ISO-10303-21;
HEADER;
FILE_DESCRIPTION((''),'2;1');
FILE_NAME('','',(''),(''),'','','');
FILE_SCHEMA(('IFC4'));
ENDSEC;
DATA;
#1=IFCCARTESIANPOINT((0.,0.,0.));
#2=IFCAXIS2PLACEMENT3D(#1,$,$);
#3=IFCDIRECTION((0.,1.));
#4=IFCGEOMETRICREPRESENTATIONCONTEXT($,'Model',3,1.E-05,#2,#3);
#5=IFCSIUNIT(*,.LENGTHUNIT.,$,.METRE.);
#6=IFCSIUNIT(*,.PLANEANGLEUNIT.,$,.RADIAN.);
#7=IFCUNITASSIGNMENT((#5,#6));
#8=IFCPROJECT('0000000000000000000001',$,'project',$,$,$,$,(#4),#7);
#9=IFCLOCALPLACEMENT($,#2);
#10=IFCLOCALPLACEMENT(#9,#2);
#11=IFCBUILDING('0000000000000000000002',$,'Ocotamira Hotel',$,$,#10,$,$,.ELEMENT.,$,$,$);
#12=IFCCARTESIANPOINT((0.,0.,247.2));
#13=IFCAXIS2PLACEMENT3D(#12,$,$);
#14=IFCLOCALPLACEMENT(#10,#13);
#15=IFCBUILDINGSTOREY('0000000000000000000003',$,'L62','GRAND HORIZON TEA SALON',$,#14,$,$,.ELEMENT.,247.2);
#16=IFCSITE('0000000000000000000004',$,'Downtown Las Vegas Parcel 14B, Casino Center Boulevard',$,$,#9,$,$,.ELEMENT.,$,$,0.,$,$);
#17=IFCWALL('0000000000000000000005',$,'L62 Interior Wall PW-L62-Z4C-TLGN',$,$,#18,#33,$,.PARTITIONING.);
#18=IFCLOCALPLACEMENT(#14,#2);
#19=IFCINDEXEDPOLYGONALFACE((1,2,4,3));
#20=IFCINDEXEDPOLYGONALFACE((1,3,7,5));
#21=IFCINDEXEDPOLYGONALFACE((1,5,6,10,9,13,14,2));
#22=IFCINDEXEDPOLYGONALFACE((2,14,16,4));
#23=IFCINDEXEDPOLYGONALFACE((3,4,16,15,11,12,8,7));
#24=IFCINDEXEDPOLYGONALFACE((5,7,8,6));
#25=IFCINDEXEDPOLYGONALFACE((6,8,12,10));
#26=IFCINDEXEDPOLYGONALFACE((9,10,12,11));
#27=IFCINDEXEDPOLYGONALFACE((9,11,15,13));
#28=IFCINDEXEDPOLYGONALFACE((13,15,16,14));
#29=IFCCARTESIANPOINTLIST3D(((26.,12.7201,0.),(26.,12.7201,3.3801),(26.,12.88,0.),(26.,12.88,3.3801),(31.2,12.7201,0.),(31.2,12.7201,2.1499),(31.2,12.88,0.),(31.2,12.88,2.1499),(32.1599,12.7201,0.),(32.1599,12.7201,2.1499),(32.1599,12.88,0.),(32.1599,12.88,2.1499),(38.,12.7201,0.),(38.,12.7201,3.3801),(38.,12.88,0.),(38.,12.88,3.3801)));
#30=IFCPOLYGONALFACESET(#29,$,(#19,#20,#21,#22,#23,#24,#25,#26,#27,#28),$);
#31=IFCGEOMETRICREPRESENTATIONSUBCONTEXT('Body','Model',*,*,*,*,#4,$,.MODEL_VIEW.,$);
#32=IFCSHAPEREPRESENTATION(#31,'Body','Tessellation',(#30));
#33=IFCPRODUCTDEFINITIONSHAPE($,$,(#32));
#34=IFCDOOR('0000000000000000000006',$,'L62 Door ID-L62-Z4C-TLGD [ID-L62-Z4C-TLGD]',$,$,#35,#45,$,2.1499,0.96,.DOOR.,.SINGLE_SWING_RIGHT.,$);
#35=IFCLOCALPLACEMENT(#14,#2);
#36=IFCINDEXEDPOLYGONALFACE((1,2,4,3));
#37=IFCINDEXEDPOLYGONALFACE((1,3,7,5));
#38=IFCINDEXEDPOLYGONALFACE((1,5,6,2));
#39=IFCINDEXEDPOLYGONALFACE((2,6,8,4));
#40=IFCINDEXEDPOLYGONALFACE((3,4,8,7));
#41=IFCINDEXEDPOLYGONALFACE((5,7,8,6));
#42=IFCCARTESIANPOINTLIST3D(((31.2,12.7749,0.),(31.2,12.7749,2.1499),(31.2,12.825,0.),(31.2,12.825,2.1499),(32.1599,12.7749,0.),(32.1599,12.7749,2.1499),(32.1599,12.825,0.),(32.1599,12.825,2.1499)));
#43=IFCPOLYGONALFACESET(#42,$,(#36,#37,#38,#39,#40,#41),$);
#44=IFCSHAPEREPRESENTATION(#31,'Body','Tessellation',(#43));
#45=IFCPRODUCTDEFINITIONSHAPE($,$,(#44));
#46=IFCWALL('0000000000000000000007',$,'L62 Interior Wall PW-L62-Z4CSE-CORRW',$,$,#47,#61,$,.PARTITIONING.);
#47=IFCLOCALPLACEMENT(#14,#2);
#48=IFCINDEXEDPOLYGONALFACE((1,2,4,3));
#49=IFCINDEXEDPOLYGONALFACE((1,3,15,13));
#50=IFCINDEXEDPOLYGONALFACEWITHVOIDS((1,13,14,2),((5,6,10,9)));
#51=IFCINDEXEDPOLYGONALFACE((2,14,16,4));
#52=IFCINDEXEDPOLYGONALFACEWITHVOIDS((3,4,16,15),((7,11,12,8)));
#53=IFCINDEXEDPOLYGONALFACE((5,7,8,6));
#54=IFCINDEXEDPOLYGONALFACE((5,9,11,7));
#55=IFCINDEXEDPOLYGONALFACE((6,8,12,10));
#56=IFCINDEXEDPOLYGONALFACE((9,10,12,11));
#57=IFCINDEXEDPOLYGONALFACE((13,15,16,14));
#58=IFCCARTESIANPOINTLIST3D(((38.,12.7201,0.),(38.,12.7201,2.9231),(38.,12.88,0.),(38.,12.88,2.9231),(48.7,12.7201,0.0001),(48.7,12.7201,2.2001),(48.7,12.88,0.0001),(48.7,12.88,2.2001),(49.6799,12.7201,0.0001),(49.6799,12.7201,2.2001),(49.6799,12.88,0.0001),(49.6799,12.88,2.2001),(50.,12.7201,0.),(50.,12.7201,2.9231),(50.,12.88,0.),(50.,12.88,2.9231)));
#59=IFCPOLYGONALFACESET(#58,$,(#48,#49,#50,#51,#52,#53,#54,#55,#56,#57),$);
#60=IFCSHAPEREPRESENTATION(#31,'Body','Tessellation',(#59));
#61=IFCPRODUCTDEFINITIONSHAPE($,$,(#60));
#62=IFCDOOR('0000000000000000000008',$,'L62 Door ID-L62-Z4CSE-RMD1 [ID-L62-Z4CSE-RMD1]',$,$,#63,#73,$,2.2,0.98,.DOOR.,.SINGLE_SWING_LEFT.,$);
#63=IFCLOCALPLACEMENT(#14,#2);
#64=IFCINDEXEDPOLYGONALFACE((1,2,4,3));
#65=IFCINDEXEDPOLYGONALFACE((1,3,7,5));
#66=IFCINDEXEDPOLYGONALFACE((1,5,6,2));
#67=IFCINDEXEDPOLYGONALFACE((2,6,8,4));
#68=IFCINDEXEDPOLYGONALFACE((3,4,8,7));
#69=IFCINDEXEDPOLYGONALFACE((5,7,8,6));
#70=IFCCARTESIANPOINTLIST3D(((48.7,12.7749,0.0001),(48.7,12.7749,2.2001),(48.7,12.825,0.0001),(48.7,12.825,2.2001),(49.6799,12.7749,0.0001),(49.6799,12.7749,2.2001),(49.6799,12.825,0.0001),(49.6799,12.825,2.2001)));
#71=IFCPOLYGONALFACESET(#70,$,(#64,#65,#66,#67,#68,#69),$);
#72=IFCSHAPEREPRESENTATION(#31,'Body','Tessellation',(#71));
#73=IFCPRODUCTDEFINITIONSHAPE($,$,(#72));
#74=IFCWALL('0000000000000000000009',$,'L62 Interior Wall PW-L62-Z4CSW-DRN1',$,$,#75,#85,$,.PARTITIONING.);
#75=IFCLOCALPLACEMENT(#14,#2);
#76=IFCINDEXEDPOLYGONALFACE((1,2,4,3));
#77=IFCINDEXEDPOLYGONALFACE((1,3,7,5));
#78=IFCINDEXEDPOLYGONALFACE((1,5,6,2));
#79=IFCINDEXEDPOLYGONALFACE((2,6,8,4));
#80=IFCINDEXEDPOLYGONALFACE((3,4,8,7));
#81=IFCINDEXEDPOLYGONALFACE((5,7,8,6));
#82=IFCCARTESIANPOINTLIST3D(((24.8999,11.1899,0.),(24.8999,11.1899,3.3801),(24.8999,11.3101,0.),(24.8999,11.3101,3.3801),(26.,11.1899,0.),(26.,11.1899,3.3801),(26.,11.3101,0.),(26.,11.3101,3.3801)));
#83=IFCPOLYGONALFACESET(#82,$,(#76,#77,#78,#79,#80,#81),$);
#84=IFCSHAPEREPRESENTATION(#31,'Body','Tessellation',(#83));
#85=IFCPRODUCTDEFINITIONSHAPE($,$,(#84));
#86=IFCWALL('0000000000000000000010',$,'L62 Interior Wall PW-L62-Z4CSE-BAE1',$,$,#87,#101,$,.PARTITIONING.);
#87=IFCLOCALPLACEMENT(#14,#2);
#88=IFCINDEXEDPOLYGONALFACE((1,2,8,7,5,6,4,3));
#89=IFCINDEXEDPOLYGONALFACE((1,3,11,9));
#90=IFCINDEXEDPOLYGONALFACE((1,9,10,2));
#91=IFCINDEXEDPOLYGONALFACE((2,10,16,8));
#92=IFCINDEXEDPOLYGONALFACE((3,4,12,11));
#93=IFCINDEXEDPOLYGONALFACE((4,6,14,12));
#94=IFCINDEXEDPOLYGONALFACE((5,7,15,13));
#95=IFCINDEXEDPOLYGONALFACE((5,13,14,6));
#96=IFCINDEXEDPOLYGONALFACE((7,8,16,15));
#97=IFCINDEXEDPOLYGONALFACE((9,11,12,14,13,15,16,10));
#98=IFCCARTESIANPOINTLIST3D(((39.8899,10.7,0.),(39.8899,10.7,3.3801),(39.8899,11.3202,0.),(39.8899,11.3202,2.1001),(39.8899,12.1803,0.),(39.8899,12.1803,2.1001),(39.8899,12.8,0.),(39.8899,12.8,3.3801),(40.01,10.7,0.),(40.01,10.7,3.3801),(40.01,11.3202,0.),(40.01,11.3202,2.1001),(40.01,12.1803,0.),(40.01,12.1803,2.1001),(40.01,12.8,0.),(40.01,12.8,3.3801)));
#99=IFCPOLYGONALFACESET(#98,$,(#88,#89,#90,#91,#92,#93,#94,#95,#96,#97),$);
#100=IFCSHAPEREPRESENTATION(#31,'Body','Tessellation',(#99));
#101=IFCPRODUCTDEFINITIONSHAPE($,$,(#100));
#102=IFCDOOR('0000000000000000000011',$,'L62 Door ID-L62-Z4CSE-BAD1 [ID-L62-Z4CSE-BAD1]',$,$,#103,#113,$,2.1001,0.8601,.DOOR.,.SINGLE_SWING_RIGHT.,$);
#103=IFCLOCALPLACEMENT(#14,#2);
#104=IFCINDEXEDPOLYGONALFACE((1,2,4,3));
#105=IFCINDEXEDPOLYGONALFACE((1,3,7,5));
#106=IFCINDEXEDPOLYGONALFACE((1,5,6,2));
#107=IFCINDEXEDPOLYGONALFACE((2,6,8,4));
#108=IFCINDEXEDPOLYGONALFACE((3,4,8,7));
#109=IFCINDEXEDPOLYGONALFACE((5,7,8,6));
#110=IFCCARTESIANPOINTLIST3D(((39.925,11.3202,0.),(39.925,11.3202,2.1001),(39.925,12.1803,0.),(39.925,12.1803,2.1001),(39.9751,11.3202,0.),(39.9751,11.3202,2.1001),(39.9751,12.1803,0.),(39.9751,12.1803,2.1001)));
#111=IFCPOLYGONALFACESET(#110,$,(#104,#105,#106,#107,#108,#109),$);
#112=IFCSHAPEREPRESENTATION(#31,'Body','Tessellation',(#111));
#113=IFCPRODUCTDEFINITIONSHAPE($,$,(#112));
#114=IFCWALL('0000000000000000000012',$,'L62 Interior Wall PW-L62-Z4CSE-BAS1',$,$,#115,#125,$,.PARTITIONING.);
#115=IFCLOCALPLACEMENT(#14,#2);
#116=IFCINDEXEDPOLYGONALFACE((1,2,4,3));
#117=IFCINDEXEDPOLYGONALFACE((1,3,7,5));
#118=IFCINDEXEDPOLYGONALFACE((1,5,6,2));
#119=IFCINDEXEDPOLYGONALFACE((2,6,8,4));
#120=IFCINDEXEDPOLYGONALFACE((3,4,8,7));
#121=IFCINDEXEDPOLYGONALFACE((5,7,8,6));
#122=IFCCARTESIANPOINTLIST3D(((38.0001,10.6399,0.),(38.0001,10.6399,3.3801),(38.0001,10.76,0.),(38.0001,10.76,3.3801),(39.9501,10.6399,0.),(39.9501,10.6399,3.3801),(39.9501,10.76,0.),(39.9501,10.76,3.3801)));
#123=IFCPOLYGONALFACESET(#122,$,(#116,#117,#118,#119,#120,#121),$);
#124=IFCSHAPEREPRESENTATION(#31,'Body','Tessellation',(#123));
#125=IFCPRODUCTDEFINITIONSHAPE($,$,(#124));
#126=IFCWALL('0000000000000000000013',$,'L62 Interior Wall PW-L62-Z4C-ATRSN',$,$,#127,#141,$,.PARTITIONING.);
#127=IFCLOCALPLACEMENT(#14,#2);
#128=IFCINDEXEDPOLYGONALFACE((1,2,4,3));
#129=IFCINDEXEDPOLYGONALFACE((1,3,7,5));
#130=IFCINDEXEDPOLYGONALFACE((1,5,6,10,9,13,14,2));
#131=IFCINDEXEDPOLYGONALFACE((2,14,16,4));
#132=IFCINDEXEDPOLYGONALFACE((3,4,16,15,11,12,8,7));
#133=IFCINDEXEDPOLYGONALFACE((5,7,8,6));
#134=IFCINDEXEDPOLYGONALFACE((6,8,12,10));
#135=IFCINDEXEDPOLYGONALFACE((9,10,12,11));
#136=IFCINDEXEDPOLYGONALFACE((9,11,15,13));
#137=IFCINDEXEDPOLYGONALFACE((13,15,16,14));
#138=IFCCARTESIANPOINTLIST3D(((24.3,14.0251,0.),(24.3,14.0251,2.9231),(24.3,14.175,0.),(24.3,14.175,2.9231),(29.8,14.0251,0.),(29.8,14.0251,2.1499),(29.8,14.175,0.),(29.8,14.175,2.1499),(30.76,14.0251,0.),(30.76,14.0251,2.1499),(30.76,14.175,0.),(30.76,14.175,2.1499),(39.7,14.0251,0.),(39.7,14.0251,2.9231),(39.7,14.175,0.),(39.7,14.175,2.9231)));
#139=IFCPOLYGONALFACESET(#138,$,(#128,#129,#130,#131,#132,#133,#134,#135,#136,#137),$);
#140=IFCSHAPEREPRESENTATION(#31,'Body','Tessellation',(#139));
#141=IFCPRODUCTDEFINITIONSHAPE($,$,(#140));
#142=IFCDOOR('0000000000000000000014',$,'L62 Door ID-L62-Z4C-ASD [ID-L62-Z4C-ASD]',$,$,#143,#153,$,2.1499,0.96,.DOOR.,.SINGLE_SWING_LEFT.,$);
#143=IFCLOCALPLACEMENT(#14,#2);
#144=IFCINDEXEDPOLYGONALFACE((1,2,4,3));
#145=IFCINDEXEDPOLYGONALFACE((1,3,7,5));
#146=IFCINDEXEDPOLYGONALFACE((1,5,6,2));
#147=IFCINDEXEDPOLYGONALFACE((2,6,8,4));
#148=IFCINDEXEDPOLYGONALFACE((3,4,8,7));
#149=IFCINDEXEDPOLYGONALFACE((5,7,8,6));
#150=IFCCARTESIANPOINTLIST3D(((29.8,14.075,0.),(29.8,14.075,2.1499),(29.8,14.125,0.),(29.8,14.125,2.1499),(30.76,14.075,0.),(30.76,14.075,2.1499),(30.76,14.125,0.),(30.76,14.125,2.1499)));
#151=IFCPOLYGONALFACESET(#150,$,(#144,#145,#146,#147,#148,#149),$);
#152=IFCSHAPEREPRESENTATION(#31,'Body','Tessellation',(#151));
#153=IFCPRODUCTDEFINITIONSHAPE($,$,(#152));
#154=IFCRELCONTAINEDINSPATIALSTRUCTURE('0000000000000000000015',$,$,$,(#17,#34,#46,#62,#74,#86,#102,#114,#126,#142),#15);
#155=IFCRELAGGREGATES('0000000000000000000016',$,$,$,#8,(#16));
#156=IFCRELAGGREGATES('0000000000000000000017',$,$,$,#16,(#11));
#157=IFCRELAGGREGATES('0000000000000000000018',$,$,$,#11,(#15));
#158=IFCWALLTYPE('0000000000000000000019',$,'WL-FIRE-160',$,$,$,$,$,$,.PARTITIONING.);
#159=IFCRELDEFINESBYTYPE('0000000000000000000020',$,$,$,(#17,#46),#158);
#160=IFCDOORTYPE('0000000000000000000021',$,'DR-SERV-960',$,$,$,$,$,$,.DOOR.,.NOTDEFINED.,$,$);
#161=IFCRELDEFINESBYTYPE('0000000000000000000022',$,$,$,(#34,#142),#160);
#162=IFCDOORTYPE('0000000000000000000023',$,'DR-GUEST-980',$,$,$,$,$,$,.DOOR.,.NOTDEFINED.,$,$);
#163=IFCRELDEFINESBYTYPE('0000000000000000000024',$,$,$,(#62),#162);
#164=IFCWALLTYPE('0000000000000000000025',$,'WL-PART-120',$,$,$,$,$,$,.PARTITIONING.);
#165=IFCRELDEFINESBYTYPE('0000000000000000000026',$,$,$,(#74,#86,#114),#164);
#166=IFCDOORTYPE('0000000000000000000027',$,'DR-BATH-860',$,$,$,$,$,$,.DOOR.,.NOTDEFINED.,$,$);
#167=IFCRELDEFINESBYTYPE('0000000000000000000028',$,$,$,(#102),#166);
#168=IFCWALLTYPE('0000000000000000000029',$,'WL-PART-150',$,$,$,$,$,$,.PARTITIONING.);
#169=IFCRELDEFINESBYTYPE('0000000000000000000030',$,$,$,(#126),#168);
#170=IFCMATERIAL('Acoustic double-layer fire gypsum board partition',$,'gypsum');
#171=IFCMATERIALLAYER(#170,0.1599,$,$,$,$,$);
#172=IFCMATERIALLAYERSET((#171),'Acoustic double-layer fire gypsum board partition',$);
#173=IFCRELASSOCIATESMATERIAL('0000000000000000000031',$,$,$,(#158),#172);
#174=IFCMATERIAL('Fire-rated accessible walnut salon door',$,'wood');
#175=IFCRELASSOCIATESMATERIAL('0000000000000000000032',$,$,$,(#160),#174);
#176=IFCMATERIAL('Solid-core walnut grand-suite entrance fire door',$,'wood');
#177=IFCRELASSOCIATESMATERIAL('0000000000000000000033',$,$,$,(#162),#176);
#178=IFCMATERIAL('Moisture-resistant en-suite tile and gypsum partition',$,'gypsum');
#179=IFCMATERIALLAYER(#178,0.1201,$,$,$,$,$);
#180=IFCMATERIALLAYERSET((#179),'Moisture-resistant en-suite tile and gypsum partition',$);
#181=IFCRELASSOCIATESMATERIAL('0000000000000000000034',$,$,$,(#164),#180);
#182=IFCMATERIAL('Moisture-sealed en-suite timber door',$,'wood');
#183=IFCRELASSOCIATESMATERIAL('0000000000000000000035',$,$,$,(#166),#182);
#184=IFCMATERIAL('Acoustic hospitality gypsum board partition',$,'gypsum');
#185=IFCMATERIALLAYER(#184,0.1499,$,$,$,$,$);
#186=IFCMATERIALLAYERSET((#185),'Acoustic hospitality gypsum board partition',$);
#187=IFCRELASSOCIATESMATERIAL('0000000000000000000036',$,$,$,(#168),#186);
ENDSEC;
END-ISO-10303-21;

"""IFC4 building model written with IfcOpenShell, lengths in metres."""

from ifc_helpers import new_model, si_unit, direction, frame, frame_2d, origin, place, context, subcontext, project, spatial, rectangle, extrude, source, transform, mapped, material, layer, layer_set, type_object, element, fill, save


model = new_model("IFC4")

# Units and contexts
model_context = context("Model", 3, precision=1e-05, world=origin(), true_north=direction((0.0, 1.0)))
body_context = subcontext(model_context, "Body", "Model", "MODEL_VIEW")
ifc_project = project(units=[si_unit("LENGTHUNIT", "METRE"), si_unit("PLANEANGLEUNIT", "RADIAN")], contexts=[model_context])

# Site, building, storey
site_placement = place(None, origin())
site = spatial("IfcSite", under=ifc_project, at=site_placement, Name="Downtown Las Vegas Parcel 14B, Casino Center Boulevard", CompositionType="ELEMENT", RefElevation=0.0)
building_placement = place(site_placement, origin())
building = spatial("IfcBuilding", under=site, at=building_placement, Name="Ocotamira Hotel", CompositionType="ELEMENT")
storey_placement = place(building_placement, frame((0.0, 0.0, 247.2)))
storey = spatial("IfcBuildingStorey", under=building, at=storey_placement, Name="L62", Description="GRAND HORIZON TEA SALON", CompositionType="ELEMENT", Elevation=247.2)

# Walls, openings, doors
ifc_material_1 = material(Name="Acoustic double-layer fire gypsum board partition", Category="gypsum")
ifc_layer_1 = layer(ifc_material_1, 0.1599)
ifc_layer_set_1 = layer_set([ifc_layer_1], Name="Acoustic double-layer fire gypsum board partition")
wall_type_1 = type_object("IfcWallType", Name="WL-FIRE-160", PredefinedType="PARTITIONING", material=ifc_layer_set_1)
wall_1_placement = place(storey_placement, frame((26.0, 12.8, 0.0), z_axis=(0.0, 0.0, 1.0), x_axis=(1.0, 0.0, 0.0)))
wall_1 = element("IfcWall", 1, at=wall_1_placement, inside=storey, type_object=wall_type_1, Name="L62 Interior Wall PW-L62-Z4C-TLGN", PredefinedType="PARTITIONING", context=body_context, shape_type="SweptSolid", body=[
    extrude(rectangle(XDim=12.0, YDim=0.1599, at=frame_2d((6.0, 0.0))), origin(), (0.0, 0.0, 1.0), 3.3801),
])
opening_1_placement = place(wall_1_placement, frame((5.2, 0.0, 0.0)))
opening_1 = element("IfcOpeningElement", 2, at=opening_1_placement, cuts=wall_1, PredefinedType="OPENING", context=body_context, shape_type="SweptSolid", body=[
    extrude(rectangle(XDim=0.96, YDim=2.1499, at=frame_2d((0.48, 1.075))), frame((0.0, 0.0898, 0.0), z_axis=(0.0, -1.0, 0.0), x_axis=(1.0, 0.0, 0.0)), (0.0, 0.0, 1.0), 0.1799),
])
ifc_material_2 = material(Name="Fire-rated accessible walnut salon door", Category="wood")
door_type_1 = type_object("IfcDoorType", Name="DR-SERV-960", OperationType="NOTDEFINED", PredefinedType="DOOR", material=ifc_material_2)
shared_shape_1 = source(origin(), body_context, "Body", "SweptSolid", [
    extrude(rectangle(XDim=0.96, YDim=2.1499, at=frame_2d((0.48, 1.075))), frame((0.0, 0.0249, 0.0), z_axis=(0.0, -1.0, 0.0), x_axis=(1.0, 0.0, 0.0)), (0.0, 0.0, 1.0), 0.05),
])
door_1_placement = place(opening_1_placement, origin())
door_1 = element("IfcDoor", 3, at=door_1_placement, inside=storey, type_object=door_type_1, Name="L62 Door ID-L62-Z4C-TLGD [ID-L62-Z4C-TLGD]", OperationType="SINGLE_SWING_RIGHT", OverallHeight=2.1499, OverallWidth=0.96, PredefinedType="DOOR", context=body_context, shape_type="MappedRepresentation", body=[
    mapped(shared_shape_1, transform((0.0, 0.0, 0.0), scale=1.0)),
])
fill(opening_1, door_1)
wall_2_placement = place(storey_placement, frame((38.0, 12.8, 0.0), z_axis=(0.0, 0.0, 1.0), x_axis=(1.0, 0.0, 0.0)))
wall_2 = element("IfcWall", 4, at=wall_2_placement, inside=storey, type_object=wall_type_1, Name="L62 Interior Wall PW-L62-Z4CSE-CORRW", PredefinedType="PARTITIONING", context=body_context, shape_type="SweptSolid", body=[
    extrude(rectangle(XDim=12.0, YDim=0.1599, at=frame_2d((6.0, 0.0))), origin(), (0.0, 0.0, 1.0), 2.9231),
])
opening_2_placement = place(wall_2_placement, frame((10.7, 0.0, 0.0)))
opening_2 = element("IfcOpeningElement", 5, at=opening_2_placement, cuts=wall_2, PredefinedType="OPENING", context=body_context, shape_type="SweptSolid", body=[
    extrude(rectangle(XDim=0.98, YDim=2.2, at=frame_2d((0.49, 1.1001))), frame((0.0, 0.0898, 0.0), z_axis=(0.0, -1.0, 0.0), x_axis=(1.0, 0.0, 0.0)), (0.0, 0.0, 1.0), 0.1799),
])
ifc_material_3 = material(Name="Solid-core walnut grand-suite entrance fire door", Category="wood")
door_type_2 = type_object("IfcDoorType", Name="DR-GUEST-980", OperationType="NOTDEFINED", PredefinedType="DOOR", material=ifc_material_3)
shared_shape_2 = source(origin(), body_context, "Body", "SweptSolid", [
    extrude(rectangle(XDim=0.98, YDim=2.2, at=frame_2d((0.49, 1.1001))), frame((0.0, 0.0249, 0.0), z_axis=(0.0, -1.0, 0.0), x_axis=(1.0, 0.0, 0.0)), (0.0, 0.0, 1.0), 0.05),
])
door_2_placement = place(opening_2_placement, origin())
door_2 = element("IfcDoor", 6, at=door_2_placement, inside=storey, type_object=door_type_2, Name="L62 Door ID-L62-Z4CSE-RMD1 [ID-L62-Z4CSE-RMD1]", OperationType="SINGLE_SWING_LEFT", OverallHeight=2.2, OverallWidth=0.98, PredefinedType="DOOR", context=body_context, shape_type="MappedRepresentation", body=[
    mapped(shared_shape_2, transform((0.0, 0.0, 0.0), scale=1.0)),
])
fill(opening_2, door_2)

# Wall
ifc_material_4 = material(Name="Moisture-resistant en-suite tile and gypsum partition", Category="gypsum")
ifc_layer_2 = layer(ifc_material_4, 0.1201)
ifc_layer_set_2 = layer_set([ifc_layer_2], Name="Moisture-resistant en-suite tile and gypsum partition")
wall_type_2 = type_object("IfcWallType", Name="WL-PART-120", PredefinedType="PARTITIONING", material=ifc_layer_set_2)
wall_3_placement = place(storey_placement, frame((24.8999, 11.25, 0.0), z_axis=(0.0, 0.0, 1.0), x_axis=(1.0, 0.0, 0.0)))
element("IfcWall", 7, at=wall_3_placement, inside=storey, type_object=wall_type_2, Name="L62 Interior Wall PW-L62-Z4CSW-DRN1", PredefinedType="PARTITIONING", context=body_context, shape_type="SweptSolid", body=[
    extrude(rectangle(XDim=1.1001, YDim=0.1201, at=frame_2d((0.55, 0.0))), origin(), (0.0, 0.0, 1.0), 3.3801),
])

# Wall, opening, door
wall_4_placement = place(storey_placement, frame((39.95, 10.7, 0.0), z_axis=(0.0, 0.0, 1.0), x_axis=(0.0, 1.0, 0.0)))
wall_4 = element("IfcWall", 8, at=wall_4_placement, inside=storey, type_object=wall_type_2, Name="L62 Interior Wall PW-L62-Z4CSE-BAE1", PredefinedType="PARTITIONING", context=body_context, shape_type="SweptSolid", body=[
    extrude(rectangle(XDim=2.1001, YDim=0.1201, at=frame_2d((1.05, 0.0))), origin(), (0.0, 0.0, 1.0), 3.3801),
])
opening_3_placement = place(wall_4_placement, frame((0.6201, 0.0, 0.0)))
opening_3 = element("IfcOpeningElement", 9, at=opening_3_placement, cuts=wall_4, PredefinedType="OPENING", context=body_context, shape_type="SweptSolid", body=[
    extrude(rectangle(XDim=0.8601, YDim=2.1001, at=frame_2d((0.4302, 1.05))), frame((0.0, 0.0701, 0.0), z_axis=(0.0, -1.0, 0.0), x_axis=(1.0, 0.0, 0.0)), (0.0, 0.0, 1.0), 0.1401),
])
ifc_material_5 = material(Name="Moisture-sealed en-suite timber door", Category="wood")
door_type_3 = type_object("IfcDoorType", Name="DR-BATH-860", OperationType="NOTDEFINED", PredefinedType="DOOR", material=ifc_material_5)
shared_shape_3 = source(origin(), body_context, "Body", "SweptSolid", [
    extrude(rectangle(XDim=0.8601, YDim=2.1001, at=frame_2d((0.4302, 1.05))), frame((0.0, 0.0249, 0.0), z_axis=(0.0, -1.0, 0.0), x_axis=(1.0, 0.0, 0.0)), (0.0, 0.0, 1.0), 0.05),
])
door_3_placement = place(opening_3_placement, origin())
door_3 = element("IfcDoor", 10, at=door_3_placement, inside=storey, type_object=door_type_3, Name="L62 Door ID-L62-Z4CSE-BAD1 [ID-L62-Z4CSE-BAD1]", OperationType="SINGLE_SWING_RIGHT", OverallHeight=2.1001, OverallWidth=0.8601, PredefinedType="DOOR", context=body_context, shape_type="MappedRepresentation", body=[
    mapped(shared_shape_3, transform((0.0, 0.0, 0.0), scale=1.0)),
])
fill(opening_3, door_3)

# Wall
wall_5_placement = place(storey_placement, frame((38.0, 10.7, 0.0), z_axis=(0.0, 0.0, 1.0), x_axis=(1.0, 0.0, 0.0)))
element("IfcWall", 11, at=wall_5_placement, inside=storey, type_object=wall_type_2, Name="L62 Interior Wall PW-L62-Z4CSE-BAS1", PredefinedType="PARTITIONING", context=body_context, shape_type="SweptSolid", body=[
    extrude(rectangle(XDim=1.95, YDim=0.1201, at=frame_2d((0.9751, 0.0))), origin(), (0.0, 0.0, 1.0), 3.3801),
])

# Wall, opening, door
ifc_material_6 = material(Name="Acoustic hospitality gypsum board partition", Category="gypsum")
ifc_layer_3 = layer(ifc_material_6, 0.1499)
ifc_layer_set_3 = layer_set([ifc_layer_3], Name="Acoustic hospitality gypsum board partition")
wall_type_3 = type_object("IfcWallType", Name="WL-PART-150", PredefinedType="PARTITIONING", material=ifc_layer_set_3)
wall_6_placement = place(storey_placement, frame((24.3, 14.1001, 0.0), z_axis=(0.0, 0.0, 1.0), x_axis=(1.0, 0.0, 0.0)))
wall_6 = element("IfcWall", 12, at=wall_6_placement, inside=storey, type_object=wall_type_3, Name="L62 Interior Wall PW-L62-Z4C-ATRSN", PredefinedType="PARTITIONING", context=body_context, shape_type="SweptSolid", body=[
    extrude(rectangle(XDim=15.3999, YDim=0.1499, at=frame_2d((7.7, 0.0))), origin(), (0.0, 0.0, 1.0), 2.9231),
])
opening_4_placement = place(wall_6_placement, frame((5.5, 0.0, 0.0)))
opening_4 = element("IfcOpeningElement", 13, at=opening_4_placement, cuts=wall_6, PredefinedType="OPENING", context=body_context, shape_type="SweptSolid", body=[
    extrude(rectangle(XDim=0.96, YDim=2.1499, at=frame_2d((0.48, 1.075))), frame((0.0, 0.085, 0.0), z_axis=(0.0, -1.0, 0.0), x_axis=(1.0, 0.0, 0.0)), (0.0, 0.0, 1.0), 0.1699),
])
door_4_placement = place(opening_4_placement, origin())
door_4 = element("IfcDoor", 14, at=door_4_placement, inside=storey, type_object=door_type_1, Name="L62 Door ID-L62-Z4C-ASD [ID-L62-Z4C-ASD]", OperationType="SINGLE_SWING_LEFT", OverallHeight=2.1499, OverallWidth=0.96, PredefinedType="DOOR", context=body_context, shape_type="MappedRepresentation", body=[
    mapped(shared_shape_1, transform((0.0, 0.0, 0.0), scale=1.0)),
])
fill(opening_4, door_4)

save(model, "model.ifc")
